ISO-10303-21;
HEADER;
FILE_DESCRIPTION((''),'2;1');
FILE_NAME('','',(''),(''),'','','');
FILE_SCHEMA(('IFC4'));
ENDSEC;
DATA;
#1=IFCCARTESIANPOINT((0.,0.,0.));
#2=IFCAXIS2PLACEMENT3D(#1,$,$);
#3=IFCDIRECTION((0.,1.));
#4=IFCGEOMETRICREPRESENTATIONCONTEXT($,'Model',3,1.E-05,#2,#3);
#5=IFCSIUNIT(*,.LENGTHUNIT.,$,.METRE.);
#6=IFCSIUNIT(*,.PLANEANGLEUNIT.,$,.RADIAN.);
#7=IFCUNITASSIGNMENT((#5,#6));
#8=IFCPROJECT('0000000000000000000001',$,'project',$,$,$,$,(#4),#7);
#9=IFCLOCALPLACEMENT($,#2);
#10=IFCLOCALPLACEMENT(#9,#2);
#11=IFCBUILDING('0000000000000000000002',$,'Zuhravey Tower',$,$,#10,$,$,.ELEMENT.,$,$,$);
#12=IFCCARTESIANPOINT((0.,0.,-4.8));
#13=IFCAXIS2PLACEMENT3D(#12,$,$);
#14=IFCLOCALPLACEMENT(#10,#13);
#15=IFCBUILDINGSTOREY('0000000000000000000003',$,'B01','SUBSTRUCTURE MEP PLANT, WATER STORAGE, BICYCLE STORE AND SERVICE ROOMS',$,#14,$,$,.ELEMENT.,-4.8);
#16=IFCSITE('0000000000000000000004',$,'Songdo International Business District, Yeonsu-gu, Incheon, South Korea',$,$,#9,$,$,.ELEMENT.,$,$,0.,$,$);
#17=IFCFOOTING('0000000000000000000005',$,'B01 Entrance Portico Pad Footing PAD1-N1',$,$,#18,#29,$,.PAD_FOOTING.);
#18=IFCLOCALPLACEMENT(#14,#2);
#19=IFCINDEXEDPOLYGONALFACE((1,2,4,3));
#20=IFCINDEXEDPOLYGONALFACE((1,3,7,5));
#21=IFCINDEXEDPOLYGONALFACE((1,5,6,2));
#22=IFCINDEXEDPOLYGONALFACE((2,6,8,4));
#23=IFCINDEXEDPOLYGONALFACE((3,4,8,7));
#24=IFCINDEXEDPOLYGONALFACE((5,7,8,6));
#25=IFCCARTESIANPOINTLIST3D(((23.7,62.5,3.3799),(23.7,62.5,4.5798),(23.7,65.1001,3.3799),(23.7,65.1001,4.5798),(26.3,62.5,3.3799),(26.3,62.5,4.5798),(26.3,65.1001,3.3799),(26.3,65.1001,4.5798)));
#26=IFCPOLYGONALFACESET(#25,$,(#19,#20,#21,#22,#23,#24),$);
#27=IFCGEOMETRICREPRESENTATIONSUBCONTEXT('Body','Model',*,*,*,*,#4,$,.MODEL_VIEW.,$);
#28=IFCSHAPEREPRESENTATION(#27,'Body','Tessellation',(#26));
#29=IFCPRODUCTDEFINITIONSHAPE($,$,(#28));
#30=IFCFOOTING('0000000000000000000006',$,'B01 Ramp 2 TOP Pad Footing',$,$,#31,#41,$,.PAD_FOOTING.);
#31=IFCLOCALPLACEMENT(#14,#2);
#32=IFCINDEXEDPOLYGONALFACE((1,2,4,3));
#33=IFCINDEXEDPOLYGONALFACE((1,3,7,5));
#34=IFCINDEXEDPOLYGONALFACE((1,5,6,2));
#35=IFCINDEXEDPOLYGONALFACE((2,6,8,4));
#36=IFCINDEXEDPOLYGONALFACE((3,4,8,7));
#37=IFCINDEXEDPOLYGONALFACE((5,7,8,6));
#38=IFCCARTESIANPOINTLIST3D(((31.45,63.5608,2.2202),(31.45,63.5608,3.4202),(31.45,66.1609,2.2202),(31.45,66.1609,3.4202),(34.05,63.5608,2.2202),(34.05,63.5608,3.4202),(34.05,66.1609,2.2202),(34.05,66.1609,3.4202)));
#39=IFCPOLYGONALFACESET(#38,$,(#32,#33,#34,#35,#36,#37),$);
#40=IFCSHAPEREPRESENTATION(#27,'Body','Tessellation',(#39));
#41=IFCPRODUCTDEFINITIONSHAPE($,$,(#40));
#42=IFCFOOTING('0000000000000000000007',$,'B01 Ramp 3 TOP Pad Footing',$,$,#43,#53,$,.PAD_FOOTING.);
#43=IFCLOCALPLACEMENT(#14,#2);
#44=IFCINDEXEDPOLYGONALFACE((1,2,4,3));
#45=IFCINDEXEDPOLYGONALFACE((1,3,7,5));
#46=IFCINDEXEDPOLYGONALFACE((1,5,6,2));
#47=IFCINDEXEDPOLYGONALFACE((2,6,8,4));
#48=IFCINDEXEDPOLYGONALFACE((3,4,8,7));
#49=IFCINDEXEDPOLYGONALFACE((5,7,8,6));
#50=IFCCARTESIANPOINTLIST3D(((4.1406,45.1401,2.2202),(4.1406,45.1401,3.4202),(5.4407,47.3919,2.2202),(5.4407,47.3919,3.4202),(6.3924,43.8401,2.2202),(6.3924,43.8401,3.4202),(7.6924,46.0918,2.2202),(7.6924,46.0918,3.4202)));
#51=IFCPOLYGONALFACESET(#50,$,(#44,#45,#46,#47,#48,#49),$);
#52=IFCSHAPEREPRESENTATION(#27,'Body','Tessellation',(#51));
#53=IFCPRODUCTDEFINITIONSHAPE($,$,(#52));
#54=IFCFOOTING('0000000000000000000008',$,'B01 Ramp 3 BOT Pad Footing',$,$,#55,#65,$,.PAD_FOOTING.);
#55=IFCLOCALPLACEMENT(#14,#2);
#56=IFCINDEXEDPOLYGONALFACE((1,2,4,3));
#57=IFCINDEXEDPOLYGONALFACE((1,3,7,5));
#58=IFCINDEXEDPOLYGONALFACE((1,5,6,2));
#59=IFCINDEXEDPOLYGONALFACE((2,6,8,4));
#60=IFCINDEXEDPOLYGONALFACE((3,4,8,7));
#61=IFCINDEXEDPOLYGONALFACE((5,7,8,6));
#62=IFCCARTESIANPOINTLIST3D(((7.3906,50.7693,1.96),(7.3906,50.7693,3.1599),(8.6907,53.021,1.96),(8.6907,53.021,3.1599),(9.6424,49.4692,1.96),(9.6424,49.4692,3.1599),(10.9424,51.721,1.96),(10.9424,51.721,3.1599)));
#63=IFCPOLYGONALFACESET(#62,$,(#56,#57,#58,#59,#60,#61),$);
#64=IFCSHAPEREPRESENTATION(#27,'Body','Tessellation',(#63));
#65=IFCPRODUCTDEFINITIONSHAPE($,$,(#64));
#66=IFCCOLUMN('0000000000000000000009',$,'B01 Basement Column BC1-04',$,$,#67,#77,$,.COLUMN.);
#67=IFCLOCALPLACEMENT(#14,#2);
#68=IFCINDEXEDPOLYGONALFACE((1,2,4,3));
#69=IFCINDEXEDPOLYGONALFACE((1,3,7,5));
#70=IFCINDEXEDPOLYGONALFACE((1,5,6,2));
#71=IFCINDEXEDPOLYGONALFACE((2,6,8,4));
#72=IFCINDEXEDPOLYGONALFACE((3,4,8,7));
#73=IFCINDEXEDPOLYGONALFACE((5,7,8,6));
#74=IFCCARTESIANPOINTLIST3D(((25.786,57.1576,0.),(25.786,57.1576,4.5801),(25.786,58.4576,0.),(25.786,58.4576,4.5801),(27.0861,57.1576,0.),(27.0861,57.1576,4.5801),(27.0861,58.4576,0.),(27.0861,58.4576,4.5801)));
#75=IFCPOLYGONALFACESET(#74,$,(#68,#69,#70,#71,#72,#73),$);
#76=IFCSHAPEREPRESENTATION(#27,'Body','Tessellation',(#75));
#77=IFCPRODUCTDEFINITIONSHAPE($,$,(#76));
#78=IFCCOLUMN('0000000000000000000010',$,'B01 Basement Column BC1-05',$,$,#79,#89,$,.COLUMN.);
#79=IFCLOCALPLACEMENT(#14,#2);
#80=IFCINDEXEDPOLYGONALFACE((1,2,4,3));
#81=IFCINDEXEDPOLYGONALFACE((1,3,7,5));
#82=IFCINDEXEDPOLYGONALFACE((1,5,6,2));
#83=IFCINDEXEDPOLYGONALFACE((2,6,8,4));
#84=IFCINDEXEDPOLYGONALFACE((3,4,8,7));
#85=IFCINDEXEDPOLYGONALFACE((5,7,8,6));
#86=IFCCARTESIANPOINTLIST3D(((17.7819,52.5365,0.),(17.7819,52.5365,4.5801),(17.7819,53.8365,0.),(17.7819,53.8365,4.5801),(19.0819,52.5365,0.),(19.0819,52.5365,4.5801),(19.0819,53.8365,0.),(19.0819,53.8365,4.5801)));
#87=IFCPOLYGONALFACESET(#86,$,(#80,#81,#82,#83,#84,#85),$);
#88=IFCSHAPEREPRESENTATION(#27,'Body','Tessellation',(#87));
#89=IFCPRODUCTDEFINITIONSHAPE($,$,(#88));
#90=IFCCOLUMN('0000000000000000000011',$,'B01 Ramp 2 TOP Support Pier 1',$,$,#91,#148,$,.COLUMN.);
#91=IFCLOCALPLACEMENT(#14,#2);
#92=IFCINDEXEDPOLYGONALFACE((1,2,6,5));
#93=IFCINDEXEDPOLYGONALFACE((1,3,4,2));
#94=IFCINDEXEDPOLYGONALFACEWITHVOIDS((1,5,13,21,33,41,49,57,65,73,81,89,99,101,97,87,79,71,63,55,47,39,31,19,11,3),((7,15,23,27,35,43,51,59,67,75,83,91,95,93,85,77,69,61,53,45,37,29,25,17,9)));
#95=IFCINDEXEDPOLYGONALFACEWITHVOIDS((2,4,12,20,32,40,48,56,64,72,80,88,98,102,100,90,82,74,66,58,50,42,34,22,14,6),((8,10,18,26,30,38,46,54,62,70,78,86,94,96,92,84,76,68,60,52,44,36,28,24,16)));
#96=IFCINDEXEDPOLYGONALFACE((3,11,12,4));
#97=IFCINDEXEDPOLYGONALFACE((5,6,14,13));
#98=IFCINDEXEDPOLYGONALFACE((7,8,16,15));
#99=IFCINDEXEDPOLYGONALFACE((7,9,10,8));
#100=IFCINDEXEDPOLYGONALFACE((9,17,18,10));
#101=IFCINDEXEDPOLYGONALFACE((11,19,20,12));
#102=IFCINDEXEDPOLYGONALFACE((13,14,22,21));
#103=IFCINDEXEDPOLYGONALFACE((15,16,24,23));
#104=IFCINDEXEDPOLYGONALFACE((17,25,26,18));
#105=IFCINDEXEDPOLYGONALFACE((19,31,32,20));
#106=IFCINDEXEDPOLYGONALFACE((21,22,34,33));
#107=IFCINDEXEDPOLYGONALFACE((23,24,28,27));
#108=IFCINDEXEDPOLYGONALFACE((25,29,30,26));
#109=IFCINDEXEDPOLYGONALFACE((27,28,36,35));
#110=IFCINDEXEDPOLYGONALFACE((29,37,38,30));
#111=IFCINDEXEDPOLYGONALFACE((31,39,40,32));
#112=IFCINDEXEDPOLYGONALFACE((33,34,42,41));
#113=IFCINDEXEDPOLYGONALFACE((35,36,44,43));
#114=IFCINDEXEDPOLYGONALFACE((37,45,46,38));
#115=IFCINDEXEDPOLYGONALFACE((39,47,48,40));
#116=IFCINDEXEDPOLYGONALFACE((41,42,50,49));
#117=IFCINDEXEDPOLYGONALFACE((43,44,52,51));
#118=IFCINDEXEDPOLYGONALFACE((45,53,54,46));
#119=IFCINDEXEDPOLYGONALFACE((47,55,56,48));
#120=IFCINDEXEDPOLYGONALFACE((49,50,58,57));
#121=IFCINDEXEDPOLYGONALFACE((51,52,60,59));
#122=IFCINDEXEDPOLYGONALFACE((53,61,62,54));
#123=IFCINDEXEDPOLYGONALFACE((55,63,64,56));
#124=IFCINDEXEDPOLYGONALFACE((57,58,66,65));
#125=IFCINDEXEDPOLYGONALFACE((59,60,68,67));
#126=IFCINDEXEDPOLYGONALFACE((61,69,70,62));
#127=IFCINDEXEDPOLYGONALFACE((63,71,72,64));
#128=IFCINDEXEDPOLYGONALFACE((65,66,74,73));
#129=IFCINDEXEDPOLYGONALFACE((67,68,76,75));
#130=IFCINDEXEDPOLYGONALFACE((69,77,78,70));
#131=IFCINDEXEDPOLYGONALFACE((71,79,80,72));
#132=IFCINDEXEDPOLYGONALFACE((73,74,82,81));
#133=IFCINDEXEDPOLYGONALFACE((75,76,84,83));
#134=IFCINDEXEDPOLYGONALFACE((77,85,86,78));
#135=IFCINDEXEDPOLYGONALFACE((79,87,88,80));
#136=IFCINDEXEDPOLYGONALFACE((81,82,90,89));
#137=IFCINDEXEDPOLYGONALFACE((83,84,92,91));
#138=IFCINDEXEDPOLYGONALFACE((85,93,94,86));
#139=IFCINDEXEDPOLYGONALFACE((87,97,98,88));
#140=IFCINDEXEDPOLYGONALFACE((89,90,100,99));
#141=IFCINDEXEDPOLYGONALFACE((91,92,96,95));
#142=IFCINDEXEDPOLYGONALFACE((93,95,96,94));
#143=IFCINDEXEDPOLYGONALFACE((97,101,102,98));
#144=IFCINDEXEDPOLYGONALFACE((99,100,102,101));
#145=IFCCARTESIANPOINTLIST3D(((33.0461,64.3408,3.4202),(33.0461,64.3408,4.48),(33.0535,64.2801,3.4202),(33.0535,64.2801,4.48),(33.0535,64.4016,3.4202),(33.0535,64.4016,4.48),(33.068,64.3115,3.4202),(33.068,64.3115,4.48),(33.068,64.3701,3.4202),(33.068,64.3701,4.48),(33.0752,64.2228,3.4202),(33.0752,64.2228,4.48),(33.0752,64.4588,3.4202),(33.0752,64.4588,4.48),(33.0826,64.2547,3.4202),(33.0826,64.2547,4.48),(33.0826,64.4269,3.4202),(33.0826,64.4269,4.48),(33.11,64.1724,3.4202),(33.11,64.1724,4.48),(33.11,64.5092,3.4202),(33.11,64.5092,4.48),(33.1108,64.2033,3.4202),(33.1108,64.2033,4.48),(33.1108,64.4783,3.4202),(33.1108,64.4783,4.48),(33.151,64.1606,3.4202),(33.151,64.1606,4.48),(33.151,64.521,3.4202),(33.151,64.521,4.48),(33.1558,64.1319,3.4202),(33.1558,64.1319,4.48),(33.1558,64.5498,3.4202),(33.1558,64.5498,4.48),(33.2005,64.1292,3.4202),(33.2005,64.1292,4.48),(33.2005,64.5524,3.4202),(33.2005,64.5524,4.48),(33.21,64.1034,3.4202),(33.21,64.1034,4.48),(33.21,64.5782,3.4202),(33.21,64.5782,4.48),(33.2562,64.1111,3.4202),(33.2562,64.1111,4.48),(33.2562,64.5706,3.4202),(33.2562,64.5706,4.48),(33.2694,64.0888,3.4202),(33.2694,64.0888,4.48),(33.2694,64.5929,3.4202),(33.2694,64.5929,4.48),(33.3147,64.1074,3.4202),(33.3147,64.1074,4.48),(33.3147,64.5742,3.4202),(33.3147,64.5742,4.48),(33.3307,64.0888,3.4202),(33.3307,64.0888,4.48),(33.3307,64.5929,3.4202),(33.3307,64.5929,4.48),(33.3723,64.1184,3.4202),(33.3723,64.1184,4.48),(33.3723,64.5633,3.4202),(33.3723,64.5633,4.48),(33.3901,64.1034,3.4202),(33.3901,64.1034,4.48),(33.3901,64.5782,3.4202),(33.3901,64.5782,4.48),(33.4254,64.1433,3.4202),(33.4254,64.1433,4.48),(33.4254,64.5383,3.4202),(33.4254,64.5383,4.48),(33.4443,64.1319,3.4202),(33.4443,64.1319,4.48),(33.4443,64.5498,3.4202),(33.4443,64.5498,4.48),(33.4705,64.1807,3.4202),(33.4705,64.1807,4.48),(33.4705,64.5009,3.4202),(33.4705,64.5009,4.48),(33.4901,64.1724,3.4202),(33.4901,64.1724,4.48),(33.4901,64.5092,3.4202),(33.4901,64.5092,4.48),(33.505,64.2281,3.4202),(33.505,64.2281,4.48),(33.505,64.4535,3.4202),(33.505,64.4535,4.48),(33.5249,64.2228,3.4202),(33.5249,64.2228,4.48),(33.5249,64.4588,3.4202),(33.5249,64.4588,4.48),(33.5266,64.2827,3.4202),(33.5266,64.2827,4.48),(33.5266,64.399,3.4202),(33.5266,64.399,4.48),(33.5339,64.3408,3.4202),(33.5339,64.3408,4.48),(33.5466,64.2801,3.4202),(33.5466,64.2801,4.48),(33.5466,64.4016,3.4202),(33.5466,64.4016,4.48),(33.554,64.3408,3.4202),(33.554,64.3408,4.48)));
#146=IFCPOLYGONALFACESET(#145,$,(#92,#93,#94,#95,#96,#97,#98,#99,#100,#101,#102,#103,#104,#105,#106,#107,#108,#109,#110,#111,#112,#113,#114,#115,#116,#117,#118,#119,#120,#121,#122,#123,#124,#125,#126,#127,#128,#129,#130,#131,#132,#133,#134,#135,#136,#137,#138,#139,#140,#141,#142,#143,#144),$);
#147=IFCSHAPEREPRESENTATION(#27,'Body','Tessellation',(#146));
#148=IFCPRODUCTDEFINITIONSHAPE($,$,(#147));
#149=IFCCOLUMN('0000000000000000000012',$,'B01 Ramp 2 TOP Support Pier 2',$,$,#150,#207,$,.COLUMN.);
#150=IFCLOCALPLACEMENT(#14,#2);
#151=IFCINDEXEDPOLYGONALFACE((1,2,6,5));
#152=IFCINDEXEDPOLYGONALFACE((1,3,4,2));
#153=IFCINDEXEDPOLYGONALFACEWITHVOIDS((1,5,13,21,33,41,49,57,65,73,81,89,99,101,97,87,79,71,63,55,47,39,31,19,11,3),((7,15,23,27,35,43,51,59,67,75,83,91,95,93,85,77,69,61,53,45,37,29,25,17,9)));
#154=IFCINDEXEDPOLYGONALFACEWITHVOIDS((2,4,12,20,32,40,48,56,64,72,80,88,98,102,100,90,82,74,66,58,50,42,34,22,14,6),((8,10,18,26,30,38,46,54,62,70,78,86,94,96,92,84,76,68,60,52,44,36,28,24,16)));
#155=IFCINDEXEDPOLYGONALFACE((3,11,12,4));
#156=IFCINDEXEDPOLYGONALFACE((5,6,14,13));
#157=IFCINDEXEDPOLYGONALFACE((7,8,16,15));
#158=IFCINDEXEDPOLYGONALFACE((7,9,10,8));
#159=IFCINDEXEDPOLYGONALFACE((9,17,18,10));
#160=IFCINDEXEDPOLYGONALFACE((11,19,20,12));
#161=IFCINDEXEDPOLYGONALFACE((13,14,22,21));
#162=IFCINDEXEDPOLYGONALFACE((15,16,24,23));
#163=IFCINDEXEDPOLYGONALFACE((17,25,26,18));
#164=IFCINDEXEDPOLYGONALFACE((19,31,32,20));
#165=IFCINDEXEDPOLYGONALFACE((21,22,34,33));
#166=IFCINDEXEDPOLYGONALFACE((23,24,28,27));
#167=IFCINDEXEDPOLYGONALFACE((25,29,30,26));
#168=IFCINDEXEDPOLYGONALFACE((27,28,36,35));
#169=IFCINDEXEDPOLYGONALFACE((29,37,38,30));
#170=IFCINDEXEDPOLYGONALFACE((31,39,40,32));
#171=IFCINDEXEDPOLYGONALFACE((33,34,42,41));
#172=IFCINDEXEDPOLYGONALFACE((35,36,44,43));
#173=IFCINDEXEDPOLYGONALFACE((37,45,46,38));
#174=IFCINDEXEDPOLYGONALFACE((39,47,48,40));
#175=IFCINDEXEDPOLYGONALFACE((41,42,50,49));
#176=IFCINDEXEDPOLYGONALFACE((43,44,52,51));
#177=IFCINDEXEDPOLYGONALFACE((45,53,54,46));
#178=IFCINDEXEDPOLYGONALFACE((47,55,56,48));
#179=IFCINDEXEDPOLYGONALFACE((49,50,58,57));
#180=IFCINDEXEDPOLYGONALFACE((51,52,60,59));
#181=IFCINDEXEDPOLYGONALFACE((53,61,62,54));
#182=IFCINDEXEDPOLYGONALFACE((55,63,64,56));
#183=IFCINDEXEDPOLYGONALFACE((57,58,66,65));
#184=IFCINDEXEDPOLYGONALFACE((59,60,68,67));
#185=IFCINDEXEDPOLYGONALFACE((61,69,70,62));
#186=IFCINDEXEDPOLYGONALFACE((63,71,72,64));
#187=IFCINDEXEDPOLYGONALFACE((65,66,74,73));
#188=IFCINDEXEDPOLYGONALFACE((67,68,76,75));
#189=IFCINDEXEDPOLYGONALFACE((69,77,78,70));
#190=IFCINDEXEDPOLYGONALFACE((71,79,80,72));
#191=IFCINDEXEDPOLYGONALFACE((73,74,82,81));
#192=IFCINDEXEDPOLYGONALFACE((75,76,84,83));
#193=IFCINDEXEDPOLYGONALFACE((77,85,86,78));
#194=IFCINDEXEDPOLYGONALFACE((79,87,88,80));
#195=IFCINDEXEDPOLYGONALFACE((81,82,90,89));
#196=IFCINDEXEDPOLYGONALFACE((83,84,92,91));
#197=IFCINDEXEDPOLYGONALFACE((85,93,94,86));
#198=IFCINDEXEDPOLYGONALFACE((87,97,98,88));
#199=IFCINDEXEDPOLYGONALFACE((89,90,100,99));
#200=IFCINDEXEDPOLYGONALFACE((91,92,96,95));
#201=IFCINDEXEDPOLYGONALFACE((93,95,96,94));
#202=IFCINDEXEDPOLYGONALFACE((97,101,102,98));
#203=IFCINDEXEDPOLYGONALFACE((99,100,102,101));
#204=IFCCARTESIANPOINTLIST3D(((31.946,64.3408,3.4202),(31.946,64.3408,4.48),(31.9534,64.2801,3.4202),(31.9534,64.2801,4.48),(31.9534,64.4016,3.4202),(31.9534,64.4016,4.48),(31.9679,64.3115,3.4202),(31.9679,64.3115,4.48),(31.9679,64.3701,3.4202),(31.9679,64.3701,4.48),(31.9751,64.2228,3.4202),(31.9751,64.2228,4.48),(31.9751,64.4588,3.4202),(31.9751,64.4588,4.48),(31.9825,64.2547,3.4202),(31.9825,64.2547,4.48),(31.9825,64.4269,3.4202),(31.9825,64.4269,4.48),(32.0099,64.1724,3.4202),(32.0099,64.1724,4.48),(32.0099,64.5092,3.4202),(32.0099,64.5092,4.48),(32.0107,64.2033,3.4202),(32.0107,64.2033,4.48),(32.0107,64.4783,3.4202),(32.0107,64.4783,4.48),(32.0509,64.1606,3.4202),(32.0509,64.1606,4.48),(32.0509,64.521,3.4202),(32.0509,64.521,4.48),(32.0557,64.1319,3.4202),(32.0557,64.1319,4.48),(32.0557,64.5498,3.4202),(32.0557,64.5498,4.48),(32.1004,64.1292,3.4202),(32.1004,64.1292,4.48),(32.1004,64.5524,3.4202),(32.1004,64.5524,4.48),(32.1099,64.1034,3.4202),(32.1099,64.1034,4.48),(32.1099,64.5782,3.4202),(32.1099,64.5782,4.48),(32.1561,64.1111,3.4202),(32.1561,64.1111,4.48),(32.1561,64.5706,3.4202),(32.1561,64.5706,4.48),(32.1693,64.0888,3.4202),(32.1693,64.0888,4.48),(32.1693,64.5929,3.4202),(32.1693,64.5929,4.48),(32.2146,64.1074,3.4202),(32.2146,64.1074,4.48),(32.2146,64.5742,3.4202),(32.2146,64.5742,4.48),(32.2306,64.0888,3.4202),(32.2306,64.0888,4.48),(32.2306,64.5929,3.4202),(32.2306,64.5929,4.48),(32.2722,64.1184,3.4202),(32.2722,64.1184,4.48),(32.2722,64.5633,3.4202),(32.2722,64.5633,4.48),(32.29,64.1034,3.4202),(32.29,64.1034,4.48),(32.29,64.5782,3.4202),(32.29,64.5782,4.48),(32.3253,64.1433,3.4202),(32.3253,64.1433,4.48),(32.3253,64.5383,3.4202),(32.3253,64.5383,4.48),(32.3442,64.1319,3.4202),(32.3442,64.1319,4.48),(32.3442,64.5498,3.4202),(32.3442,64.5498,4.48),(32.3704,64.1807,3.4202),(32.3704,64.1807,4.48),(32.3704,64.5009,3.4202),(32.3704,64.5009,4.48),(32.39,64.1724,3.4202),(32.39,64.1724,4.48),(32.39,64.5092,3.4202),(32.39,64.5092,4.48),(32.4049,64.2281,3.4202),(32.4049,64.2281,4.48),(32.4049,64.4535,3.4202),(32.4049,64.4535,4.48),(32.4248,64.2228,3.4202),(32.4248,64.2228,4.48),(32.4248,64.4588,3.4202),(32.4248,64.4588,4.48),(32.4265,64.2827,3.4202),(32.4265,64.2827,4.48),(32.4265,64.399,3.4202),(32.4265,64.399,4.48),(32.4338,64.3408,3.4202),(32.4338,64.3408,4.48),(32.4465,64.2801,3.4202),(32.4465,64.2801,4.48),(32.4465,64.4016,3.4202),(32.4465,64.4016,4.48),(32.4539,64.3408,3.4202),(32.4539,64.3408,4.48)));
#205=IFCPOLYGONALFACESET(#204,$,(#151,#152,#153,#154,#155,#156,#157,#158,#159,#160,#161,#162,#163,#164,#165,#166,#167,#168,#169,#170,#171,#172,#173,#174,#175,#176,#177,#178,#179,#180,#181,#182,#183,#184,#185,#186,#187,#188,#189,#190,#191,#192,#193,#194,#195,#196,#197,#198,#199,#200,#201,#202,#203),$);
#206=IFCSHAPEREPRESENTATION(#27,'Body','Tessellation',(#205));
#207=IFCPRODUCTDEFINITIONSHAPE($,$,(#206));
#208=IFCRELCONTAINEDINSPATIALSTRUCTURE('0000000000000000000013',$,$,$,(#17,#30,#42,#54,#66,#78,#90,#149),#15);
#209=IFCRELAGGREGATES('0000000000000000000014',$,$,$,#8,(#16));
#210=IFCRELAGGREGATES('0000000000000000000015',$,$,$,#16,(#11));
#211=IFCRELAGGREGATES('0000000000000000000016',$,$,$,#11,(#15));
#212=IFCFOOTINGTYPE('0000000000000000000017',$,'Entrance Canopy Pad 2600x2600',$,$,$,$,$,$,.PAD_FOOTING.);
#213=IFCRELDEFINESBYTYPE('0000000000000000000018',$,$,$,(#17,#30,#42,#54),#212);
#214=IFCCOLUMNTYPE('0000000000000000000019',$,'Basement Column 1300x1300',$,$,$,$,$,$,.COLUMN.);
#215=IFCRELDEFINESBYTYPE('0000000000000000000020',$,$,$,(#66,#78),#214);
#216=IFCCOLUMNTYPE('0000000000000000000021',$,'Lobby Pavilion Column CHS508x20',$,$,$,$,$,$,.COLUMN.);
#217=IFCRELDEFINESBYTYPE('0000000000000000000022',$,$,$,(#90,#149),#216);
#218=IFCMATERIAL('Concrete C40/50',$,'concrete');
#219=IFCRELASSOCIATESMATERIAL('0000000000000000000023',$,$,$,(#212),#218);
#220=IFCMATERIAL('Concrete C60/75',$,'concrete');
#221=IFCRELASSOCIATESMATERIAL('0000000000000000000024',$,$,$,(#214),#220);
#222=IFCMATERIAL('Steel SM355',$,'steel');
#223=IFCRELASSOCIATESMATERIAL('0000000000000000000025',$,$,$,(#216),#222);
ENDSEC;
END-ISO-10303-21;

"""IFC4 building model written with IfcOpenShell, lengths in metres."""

from ifc_helpers import new_model, si_unit, direction, frame, origin, origin_2d, place, context, subcontext, project, spatial, rectangle, hollow_circle, extrude, material, material_profile, profile_set, type_object, element, save


model = new_model("IFC4")

# Units and contexts
model_context = context("Model", 3, precision=1e-05, world=origin(), true_north=direction((0.0, 1.0)))
body_context = subcontext(model_context, "Body", "Model", "MODEL_VIEW")
ifc_project = project(units=[si_unit("LENGTHUNIT", "METRE"), si_unit("PLANEANGLEUNIT", "RADIAN")], contexts=[model_context])

# Site, building, storey
site_placement = place(None, origin())
site = spatial("IfcSite", under=ifc_project, at=site_placement, Name="Songdo International Business District, Yeonsu-gu, Incheon, South Korea", CompositionType="ELEMENT", RefElevation=0.0)
building_placement = place(site_placement, origin())
building = spatial("IfcBuilding", under=site, at=building_placement, Name="Zuhravey Tower", CompositionType="ELEMENT")
storey_placement = place(building_placement, frame((0.0, 0.0, -4.8)))
storey = spatial("IfcBuildingStorey", under=building, at=storey_placement, Name="B01", Description="SUBSTRUCTURE MEP PLANT, WATER STORAGE, BICYCLE STORE AND SERVICE ROOMS", CompositionType="ELEMENT", Elevation=-4.8)

# Footings
ifc_material_1 = material(Name="Concrete C40/50", Category="concrete")
footing_type = type_object("IfcFootingType", Name="Entrance Canopy Pad 2600x2600", PredefinedType="PAD_FOOTING", material=ifc_material_1)
for number, where, z_axis, x_axis, name in (
    (1, (25.0, 63.8, 3.3799), (0.0, 0.0, 1.0), (1.0, 0.0, 0.0), "B01 Entrance Portico Pad Footing PAD1-N1"),
    (2, (32.75, 64.8608, 2.2202), (0.0, 0.0, 1.0), (-1.0, 0.0, 0.0), "B01 Ramp 2 TOP Pad Footing"),
    (3, (5.9165, 45.616, 2.2202), (0.0, 0.0, 1.0), (-0.5, -0.866025, 0.0), "B01 Ramp 3 TOP Pad Footing"),
    (4, (9.1665, 51.2451, 1.96), (0.0, 0.0, 1.0), (-0.5, -0.866025, 0.0), "B01 Ramp 3 BOT Pad Footing"),
):
    element("IfcFooting", number, at=place(storey_placement, frame(where, z_axis=z_axis, x_axis=x_axis)), inside=storey, type_object=footing_type, Name=name, PredefinedType="PAD_FOOTING", context=body_context, shape_type="SweptSolid", body=[
        extrude(rectangle(XDim=2.6001, YDim=2.6001, at=origin_2d()), origin(), (0.0, 0.0, 1.0), 1.2),
    ])

# Columns
ifc_material_2 = material(Name="Concrete C60/75", Category="concrete")
ifc_material_profile_1 = material_profile(ifc_material_2, rectangle(XDim=1.3, YDim=1.3, at=origin_2d()), Name="RC-1300x1300")
ifc_profile_set_1 = profile_set([ifc_material_profile_1], Name="Concrete C60/75")
column_type_1 = type_object("IfcColumnType", Name="Basement Column 1300x1300", PredefinedType="COLUMN", material=ifc_profile_set_1)
for number, where, z_axis, x_axis, name in (
    (5, (26.436, 57.8076, 0.0), (0.0, 0.0, 1.0), (1.0, 0.0, 0.0), "B01 Basement Column BC1-04"),
    (6, (18.4319, 53.1865, 0.0), (0.0, 0.0, 1.0), (1.0, 0.0, 0.0), "B01 Basement Column BC1-05"),
):
    element("IfcColumn", number, at=place(storey_placement, frame(where, z_axis=z_axis, x_axis=x_axis)), inside=storey, type_object=column_type_1, Name=name, PredefinedType="COLUMN", context=body_context, shape_type="SweptSolid", body=[
        extrude(rectangle(XDim=1.3, YDim=1.3, at=origin_2d()), origin(), (0.0, 0.0, 1.0), 4.5801),
    ])
ifc_material_3 = material(Name="Steel SM355", Category="steel")
ifc_material_profile_2 = material_profile(ifc_material_3, hollow_circle(Radius=0.2539, WallThickness=0.02, at=origin_2d()), Name="CHS-508x20")
ifc_profile_set_2 = profile_set([ifc_material_profile_2], Name="Steel SM355")
column_type_2 = type_object("IfcColumnType", Name="Lobby Pavilion Column CHS508x20", PredefinedType="COLUMN", material=ifc_profile_set_2)
for number, where, z_axis, x_axis, name in (
    (7, (33.3, 64.3408, 3.4202), (0.0, 0.0, 1.0), (1.0, 0.0, 0.0), "B01 Ramp 2 TOP Support Pier 1"),
    (8, (32.2, 64.3408, 3.4202), (0.0, 0.0, 1.0), (1.0, 0.0, 0.0), "B01 Ramp 2 TOP Support Pier 2"),
):
    element("IfcColumn", number, at=place(storey_placement, frame(where, z_axis=z_axis, x_axis=x_axis)), inside=storey, type_object=column_type_2, Name=name, PredefinedType="COLUMN", context=body_context, shape_type="SweptSolid", body=[
        extrude(hollow_circle(Radius=0.2539, WallThickness=0.02, at=origin_2d()), origin(), (0.0, 0.0, 1.0), 1.0598),
    ])

save(model, "model.ifc")
